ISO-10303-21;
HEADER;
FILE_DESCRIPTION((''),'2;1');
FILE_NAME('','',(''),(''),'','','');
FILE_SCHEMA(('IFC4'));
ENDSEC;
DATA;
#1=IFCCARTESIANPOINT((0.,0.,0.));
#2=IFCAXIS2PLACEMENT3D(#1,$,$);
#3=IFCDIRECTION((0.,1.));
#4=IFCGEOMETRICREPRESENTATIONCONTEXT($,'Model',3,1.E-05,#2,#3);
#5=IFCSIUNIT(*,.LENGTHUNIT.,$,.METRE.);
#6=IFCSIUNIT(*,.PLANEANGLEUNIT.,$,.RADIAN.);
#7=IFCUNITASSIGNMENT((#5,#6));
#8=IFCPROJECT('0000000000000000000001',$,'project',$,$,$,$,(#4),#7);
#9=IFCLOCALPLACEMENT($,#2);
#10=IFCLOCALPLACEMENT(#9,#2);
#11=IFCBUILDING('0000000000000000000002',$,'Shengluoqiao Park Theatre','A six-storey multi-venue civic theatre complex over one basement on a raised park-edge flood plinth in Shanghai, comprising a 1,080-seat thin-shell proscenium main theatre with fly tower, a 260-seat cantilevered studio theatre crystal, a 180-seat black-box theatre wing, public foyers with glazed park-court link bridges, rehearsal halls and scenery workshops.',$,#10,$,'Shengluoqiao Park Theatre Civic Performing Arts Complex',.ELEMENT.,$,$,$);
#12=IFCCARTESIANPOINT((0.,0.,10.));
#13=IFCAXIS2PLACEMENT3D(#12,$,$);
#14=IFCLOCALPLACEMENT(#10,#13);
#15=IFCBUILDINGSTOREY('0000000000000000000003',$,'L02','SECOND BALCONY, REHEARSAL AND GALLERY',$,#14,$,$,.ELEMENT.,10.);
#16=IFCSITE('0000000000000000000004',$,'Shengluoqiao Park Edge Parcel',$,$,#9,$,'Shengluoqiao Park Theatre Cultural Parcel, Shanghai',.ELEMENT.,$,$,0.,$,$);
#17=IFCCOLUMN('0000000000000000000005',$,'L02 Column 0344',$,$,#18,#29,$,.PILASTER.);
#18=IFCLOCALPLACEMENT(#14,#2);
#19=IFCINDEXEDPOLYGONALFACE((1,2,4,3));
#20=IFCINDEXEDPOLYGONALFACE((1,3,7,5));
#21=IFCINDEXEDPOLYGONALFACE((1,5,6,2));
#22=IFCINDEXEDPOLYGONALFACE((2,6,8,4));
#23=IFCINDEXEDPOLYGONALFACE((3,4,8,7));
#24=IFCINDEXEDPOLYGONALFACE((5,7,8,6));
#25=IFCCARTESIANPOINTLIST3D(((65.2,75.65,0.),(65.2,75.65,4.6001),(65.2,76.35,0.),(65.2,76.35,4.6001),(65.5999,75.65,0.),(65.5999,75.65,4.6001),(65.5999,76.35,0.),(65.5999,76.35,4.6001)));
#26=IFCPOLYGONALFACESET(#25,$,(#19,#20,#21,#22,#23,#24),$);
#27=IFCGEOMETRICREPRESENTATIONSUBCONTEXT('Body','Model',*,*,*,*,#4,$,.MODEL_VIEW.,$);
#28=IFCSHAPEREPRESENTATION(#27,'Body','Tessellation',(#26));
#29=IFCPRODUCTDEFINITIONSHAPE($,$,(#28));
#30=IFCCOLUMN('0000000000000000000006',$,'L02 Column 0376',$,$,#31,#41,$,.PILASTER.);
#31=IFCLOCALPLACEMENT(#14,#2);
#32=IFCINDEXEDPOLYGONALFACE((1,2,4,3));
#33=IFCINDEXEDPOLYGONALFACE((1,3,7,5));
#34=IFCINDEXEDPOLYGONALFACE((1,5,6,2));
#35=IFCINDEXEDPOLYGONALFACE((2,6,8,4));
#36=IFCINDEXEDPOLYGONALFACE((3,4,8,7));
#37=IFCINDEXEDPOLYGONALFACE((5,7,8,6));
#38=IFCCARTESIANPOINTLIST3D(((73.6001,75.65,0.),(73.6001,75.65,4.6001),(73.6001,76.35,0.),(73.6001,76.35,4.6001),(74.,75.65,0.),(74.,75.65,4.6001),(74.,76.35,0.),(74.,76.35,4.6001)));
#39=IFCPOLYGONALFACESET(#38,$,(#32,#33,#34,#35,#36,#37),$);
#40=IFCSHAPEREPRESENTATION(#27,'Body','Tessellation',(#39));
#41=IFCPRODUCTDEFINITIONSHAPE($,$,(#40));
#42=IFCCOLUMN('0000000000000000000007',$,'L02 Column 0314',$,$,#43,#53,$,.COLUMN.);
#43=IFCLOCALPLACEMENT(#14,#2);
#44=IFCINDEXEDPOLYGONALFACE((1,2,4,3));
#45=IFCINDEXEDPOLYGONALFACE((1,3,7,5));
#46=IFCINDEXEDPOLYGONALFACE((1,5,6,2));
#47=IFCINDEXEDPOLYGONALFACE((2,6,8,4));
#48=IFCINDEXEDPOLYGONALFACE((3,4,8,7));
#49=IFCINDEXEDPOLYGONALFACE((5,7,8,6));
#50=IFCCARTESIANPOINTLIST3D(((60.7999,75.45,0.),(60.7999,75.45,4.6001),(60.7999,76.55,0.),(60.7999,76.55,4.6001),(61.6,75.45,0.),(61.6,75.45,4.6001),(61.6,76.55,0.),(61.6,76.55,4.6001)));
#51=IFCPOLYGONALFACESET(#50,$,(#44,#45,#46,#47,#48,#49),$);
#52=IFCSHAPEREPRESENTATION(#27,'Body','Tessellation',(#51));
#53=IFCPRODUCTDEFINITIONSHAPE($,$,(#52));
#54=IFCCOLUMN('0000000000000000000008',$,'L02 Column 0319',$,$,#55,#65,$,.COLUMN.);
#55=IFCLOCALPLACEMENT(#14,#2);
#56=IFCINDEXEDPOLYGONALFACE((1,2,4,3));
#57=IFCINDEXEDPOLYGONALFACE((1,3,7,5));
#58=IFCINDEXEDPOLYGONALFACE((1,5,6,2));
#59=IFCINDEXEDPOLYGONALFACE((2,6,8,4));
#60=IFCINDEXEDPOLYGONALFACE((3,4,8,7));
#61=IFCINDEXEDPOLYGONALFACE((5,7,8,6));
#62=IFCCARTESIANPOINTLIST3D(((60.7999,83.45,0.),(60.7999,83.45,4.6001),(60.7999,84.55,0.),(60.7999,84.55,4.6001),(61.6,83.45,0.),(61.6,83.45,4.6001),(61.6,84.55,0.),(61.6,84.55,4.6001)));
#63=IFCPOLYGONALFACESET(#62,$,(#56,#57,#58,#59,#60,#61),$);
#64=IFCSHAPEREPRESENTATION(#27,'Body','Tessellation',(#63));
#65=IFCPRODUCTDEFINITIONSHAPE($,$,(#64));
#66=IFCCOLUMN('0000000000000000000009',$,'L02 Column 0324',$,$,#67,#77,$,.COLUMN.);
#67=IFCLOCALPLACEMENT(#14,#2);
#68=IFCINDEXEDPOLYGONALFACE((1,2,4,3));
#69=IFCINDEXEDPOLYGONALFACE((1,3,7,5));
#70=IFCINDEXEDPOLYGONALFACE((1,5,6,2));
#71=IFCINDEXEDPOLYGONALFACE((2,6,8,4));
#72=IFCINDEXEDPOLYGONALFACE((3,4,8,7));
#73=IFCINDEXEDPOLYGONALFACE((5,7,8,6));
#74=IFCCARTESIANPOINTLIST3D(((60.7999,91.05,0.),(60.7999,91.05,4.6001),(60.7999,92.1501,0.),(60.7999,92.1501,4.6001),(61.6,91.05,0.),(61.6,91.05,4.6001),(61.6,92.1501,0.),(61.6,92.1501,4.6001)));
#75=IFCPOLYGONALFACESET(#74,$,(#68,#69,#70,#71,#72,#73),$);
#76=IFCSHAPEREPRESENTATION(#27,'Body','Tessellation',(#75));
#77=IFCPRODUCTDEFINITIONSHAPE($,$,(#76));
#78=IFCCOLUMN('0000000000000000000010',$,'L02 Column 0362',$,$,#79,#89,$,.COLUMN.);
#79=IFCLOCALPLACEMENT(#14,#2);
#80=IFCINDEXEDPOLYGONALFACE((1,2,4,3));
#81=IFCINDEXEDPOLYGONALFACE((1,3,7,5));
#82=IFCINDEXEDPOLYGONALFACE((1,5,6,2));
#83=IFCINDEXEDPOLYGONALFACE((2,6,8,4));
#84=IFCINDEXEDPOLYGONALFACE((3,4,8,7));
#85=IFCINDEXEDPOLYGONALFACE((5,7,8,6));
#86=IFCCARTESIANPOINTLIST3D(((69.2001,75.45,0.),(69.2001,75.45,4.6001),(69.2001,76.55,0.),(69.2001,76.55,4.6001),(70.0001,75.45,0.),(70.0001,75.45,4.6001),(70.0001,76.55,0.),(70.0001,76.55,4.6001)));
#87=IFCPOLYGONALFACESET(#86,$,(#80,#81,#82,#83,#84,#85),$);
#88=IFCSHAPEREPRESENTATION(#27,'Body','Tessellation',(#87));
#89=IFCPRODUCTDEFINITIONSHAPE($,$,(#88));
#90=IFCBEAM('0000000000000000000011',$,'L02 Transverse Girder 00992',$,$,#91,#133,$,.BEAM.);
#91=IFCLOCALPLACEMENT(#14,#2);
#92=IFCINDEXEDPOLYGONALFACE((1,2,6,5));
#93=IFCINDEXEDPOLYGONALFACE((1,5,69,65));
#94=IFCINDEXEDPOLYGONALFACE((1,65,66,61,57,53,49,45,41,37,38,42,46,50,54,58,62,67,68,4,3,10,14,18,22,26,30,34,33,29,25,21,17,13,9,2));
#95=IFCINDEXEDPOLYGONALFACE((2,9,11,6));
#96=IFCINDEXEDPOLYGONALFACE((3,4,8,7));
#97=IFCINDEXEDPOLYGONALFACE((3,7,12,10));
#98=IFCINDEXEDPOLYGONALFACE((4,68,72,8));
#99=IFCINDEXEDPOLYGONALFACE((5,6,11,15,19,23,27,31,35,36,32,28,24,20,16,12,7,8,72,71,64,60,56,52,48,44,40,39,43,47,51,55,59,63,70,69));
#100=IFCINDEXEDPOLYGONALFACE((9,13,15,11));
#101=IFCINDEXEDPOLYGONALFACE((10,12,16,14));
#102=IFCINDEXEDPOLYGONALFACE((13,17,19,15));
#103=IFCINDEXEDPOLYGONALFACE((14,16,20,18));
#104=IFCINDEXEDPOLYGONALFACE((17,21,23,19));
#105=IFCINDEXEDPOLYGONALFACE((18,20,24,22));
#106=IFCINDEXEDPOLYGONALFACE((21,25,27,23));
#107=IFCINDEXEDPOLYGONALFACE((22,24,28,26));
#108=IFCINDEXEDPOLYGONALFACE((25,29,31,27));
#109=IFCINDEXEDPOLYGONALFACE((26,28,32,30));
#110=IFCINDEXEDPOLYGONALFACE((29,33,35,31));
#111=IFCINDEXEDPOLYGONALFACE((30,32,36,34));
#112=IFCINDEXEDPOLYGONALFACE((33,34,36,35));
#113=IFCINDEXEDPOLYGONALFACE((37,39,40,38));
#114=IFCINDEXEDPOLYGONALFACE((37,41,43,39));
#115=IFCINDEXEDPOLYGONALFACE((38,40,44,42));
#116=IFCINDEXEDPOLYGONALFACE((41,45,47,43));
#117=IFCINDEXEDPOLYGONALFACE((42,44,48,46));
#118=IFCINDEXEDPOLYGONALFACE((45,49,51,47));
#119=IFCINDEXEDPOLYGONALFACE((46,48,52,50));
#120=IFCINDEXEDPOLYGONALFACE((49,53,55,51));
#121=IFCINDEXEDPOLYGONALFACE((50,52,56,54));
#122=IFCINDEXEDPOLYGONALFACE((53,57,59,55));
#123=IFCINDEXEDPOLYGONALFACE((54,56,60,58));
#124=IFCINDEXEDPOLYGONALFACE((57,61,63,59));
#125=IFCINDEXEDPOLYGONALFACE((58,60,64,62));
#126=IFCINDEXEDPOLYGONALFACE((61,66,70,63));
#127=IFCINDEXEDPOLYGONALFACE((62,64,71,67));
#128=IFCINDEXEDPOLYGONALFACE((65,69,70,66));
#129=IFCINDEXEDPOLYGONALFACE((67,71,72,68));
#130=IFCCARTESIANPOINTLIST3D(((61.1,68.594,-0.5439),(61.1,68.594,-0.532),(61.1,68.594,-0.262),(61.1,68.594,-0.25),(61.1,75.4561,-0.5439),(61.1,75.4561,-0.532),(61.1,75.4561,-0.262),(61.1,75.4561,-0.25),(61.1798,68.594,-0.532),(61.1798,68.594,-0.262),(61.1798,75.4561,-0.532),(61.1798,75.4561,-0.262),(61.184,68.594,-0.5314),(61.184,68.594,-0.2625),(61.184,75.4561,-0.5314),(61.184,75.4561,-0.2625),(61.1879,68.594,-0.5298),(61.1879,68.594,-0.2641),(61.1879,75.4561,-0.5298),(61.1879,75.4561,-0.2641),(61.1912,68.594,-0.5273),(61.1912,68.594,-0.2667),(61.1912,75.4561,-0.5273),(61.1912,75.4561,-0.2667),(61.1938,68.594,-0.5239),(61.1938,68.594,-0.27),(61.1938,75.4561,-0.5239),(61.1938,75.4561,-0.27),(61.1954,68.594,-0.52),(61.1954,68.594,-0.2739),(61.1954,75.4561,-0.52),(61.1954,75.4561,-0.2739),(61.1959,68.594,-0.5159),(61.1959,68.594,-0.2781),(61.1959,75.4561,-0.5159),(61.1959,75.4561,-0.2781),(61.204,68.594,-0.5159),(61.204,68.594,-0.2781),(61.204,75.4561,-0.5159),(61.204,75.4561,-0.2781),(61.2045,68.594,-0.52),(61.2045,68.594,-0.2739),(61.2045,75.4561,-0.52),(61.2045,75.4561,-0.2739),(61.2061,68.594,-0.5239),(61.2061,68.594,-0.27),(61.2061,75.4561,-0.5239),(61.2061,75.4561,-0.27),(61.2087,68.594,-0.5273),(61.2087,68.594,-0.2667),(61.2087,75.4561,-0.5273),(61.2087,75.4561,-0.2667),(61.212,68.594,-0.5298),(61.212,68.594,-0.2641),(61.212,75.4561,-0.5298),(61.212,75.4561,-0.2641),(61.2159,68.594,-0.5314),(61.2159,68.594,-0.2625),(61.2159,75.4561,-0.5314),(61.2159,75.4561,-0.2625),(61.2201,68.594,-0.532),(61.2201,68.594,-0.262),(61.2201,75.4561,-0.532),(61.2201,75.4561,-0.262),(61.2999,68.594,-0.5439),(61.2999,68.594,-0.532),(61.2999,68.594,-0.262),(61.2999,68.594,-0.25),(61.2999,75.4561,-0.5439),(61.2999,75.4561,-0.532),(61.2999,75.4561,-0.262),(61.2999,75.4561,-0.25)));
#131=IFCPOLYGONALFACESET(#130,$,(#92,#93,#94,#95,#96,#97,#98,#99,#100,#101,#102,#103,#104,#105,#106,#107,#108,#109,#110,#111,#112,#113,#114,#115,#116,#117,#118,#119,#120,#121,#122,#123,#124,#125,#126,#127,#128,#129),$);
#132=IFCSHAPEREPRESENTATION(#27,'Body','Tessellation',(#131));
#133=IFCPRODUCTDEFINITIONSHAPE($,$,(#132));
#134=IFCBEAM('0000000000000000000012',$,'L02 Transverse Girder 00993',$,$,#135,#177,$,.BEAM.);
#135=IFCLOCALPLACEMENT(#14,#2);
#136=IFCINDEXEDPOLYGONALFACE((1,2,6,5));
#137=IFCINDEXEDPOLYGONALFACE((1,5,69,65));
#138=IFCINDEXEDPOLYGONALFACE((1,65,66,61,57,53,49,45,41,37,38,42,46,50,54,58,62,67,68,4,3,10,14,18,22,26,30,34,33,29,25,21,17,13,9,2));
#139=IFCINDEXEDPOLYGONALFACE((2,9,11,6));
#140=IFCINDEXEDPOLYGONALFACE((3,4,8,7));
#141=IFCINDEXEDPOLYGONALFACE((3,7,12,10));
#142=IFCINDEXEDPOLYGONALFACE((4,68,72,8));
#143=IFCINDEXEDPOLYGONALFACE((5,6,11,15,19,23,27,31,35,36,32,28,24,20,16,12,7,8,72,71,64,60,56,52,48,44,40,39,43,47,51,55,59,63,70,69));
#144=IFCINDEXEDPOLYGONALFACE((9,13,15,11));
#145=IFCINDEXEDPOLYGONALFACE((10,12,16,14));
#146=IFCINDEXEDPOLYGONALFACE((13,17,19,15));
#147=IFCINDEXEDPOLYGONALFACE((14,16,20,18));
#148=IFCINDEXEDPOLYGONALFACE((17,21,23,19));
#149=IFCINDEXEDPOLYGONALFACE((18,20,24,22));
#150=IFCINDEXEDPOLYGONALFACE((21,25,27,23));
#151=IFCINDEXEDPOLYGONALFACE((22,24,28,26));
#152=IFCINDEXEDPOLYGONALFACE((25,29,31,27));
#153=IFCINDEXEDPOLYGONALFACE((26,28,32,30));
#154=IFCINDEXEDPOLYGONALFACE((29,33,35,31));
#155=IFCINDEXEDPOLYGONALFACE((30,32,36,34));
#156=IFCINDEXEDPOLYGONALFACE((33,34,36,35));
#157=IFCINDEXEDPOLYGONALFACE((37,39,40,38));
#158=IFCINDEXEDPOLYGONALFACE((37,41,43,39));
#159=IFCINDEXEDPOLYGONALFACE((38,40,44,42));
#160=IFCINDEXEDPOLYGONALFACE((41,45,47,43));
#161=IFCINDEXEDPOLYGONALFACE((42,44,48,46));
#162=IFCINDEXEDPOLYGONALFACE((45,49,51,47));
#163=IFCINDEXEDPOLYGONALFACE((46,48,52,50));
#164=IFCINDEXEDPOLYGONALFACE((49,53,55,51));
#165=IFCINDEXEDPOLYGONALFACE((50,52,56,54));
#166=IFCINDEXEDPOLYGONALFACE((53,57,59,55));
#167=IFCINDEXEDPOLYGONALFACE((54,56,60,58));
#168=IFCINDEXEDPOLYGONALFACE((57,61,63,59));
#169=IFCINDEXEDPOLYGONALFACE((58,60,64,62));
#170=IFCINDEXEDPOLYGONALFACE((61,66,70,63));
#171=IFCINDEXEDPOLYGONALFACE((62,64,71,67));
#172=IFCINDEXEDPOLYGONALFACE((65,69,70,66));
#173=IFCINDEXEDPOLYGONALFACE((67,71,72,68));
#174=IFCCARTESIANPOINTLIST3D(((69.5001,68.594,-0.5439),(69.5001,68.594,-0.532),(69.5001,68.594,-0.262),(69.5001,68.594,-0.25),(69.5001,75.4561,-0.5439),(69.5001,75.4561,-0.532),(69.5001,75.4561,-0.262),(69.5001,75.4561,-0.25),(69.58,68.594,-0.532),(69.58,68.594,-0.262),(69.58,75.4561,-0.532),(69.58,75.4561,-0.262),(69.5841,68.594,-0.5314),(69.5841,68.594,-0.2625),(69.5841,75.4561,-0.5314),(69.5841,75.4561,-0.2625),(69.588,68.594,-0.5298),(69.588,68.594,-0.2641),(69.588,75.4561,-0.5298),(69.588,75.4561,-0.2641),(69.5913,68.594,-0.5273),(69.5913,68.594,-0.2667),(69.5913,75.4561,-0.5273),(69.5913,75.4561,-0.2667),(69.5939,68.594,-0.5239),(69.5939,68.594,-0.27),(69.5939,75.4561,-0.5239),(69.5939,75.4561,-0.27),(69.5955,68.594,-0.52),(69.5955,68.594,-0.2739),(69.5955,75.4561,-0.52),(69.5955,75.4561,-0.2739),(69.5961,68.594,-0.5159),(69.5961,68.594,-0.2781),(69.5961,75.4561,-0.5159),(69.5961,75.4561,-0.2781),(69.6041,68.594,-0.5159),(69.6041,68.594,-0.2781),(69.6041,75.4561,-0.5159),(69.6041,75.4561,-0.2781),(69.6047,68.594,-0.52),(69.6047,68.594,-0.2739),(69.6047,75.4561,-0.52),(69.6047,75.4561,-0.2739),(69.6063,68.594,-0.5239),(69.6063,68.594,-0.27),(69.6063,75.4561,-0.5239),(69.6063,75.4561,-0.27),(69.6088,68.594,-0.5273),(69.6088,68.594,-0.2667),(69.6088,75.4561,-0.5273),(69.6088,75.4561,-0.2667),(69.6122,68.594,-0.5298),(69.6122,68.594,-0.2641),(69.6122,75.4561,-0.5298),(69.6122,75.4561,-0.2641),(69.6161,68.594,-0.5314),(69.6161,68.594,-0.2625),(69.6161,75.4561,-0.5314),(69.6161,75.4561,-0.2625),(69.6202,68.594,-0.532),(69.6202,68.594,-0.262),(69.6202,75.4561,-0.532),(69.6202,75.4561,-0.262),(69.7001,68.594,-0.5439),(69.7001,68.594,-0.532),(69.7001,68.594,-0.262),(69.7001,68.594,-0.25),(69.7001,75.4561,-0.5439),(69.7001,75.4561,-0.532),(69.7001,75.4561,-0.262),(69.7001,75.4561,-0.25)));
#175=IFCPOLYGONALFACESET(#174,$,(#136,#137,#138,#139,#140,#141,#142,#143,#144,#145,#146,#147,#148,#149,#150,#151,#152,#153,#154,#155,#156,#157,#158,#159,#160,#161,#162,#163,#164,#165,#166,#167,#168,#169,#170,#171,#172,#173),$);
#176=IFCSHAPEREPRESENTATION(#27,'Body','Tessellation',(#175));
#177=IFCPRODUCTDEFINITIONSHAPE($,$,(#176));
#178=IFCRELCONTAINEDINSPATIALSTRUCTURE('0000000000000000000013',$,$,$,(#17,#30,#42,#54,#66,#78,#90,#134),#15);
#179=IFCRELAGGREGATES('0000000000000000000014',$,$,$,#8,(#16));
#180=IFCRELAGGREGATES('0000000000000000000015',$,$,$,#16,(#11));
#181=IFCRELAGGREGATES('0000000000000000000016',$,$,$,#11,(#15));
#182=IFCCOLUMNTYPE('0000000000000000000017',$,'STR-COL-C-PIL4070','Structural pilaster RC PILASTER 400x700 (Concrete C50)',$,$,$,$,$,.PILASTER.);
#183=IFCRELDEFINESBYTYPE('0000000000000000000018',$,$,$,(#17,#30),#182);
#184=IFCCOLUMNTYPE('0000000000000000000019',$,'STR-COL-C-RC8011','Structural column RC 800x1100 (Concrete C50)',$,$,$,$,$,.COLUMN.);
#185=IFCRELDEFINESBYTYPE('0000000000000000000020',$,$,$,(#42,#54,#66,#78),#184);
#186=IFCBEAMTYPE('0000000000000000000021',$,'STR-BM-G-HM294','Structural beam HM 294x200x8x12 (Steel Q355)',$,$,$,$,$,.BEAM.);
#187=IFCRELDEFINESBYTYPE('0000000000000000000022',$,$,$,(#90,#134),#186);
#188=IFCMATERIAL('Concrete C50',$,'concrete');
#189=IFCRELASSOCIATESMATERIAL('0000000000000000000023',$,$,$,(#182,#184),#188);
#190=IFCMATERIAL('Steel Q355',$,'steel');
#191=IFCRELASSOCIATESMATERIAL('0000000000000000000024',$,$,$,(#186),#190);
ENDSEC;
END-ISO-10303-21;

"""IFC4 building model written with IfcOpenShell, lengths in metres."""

from ifc_helpers import new_model, si_unit, direction, frame, origin, origin_2d, place, context, subcontext, project, spatial, rectangle, i_section, extrude, material, material_profile, profile_set, type_object, element, save


model = new_model("IFC4")

# Units and contexts
model_context = context("Model", 3, precision=1e-05, world=origin(), true_north=direction((0.0, 1.0)))
body_context = subcontext(model_context, "Body", "Model", "MODEL_VIEW")
ifc_project = project(units=[si_unit("LENGTHUNIT", "METRE"), si_unit("PLANEANGLEUNIT", "RADIAN")], contexts=[model_context])

# Site, building, storey
site_placement = place(None, origin())
site = spatial("IfcSite", under=ifc_project, at=site_placement, Name="Shengluoqiao Park Edge Parcel", LongName="Shengluoqiao Park Theatre Cultural Parcel, Shanghai", CompositionType="ELEMENT", RefElevation=0.0)
building_placement = place(site_placement, origin())
building = spatial("IfcBuilding", under=site, at=building_placement, Name="Shengluoqiao Park Theatre", Description="A six-storey multi-venue civic theatre complex over one basement on a raised park-edge flood plinth in Shanghai, comprising a 1,080-seat thin-shell proscenium main theatre with fly tower, a 260-seat cantilevered studio theatre crystal, a 180-seat black-box theatre wing, public foyers with glazed park-court link bridges, rehearsal halls and scenery workshops.", LongName="Shengluoqiao Park Theatre Civic Performing Arts Complex", CompositionType="ELEMENT")
storey_placement = place(building_placement, frame((0.0, 0.0, 10.0)))
storey = spatial("IfcBuildingStorey", under=building, at=storey_placement, Name="L02", Description="SECOND BALCONY, REHEARSAL AND GALLERY", CompositionType="ELEMENT", Elevation=10.0)

# Columns
ifc_material_1 = material(Name="Concrete C50", Category="concrete")
ifc_material_profile_1 = material_profile(ifc_material_1, rectangle(XDim=0.3999, YDim=0.7, at=origin_2d()), Name="RC PILASTER 400x700")
ifc_profile_set_1 = profile_set([ifc_material_profile_1], Name="Concrete C50")
column_type_1 = type_object("IfcColumnType", Name="STR-COL-C-PIL4070", Description="Structural pilaster RC PILASTER 400x700 (Concrete C50)", PredefinedType="PILASTER", material=ifc_profile_set_1)
for number, where, z_axis, x_axis, name in (
    (1, (65.3999, 76.0, 0.0), (0.0, 0.0, 1.0), (1.0, 0.0, 0.0), "L02 Column 0344"),
    (2, (73.8, 76.0, 0.0), (0.0, 0.0, 1.0), (1.0, 0.0, 0.0), "L02 Column 0376"),
):
    element("IfcColumn", number, at=place(storey_placement, frame(where, z_axis=z_axis, x_axis=x_axis)), inside=storey, type_object=column_type_1, Name=name, PredefinedType="PILASTER", context=body_context, shape_type="SweptSolid", body=[
        extrude(rectangle(XDim=0.3999, YDim=0.7, at=origin_2d()), origin(), (0.0, 0.0, 1.0), 4.6001),
    ])
ifc_material_profile_2 = material_profile(ifc_material_1, rectangle(XDim=0.8, YDim=1.1001, at=origin_2d()), Name="RC 800x1100")
ifc_profile_set_2 = profile_set([ifc_material_profile_2], Name="Concrete C50")
column_type_2 = type_object("IfcColumnType", Name="STR-COL-C-RC8011", Description="Structural column RC 800x1100 (Concrete C50)", PredefinedType="COLUMN", material=ifc_profile_set_2)
for number, where, z_axis, x_axis, name in (
    (3, (61.2, 76.0, 0.0), (0.0, 0.0, 1.0), (1.0, 0.0, 0.0), "L02 Column 0314"),
    (4, (61.2, 84.0, 0.0), (0.0, 0.0, 1.0), (1.0, 0.0, 0.0), "L02 Column 0319"),
    (5, (61.2, 91.6001, 0.0), (0.0, 0.0, 1.0), (1.0, 0.0, 0.0), "L02 Column 0324"),
    (6, (69.6001, 76.0, 0.0), (0.0, 0.0, 1.0), (1.0, 0.0, 0.0), "L02 Column 0362"),
):
    element("IfcColumn", number, at=place(storey_placement, frame(where, z_axis=z_axis, x_axis=x_axis)), inside=storey, type_object=column_type_2, Name=name, PredefinedType="COLUMN", context=body_context, shape_type="SweptSolid", body=[
        extrude(rectangle(XDim=0.8, YDim=1.1001, at=origin_2d()), origin(), (0.0, 0.0, 1.0), 4.6001),
    ])

# Beams
ifc_material_2 = material(Name="Steel Q355", Category="steel")
ifc_material_profile_3 = material_profile(ifc_material_2, i_section(OverallWidth=0.2, OverallDepth=0.2939, WebThickness=0.0081, FlangeThickness=0.012, FilletRadius=0.0161, at=origin_2d()), Name="HM 294x200x8x12")
ifc_profile_set_3 = profile_set([ifc_material_profile_3], Name="Steel Q355")
beam_type_1 = type_object("IfcBeamType", Name="STR-BM-G-HM294", Description="Structural beam HM 294x200x8x12 (Steel Q355)", PredefinedType="BEAM", material=ifc_profile_set_3)
for number, where, z_axis, x_axis, name in (
    (7, (61.2, 68.594, -0.397), (0.0, 1.0, 0.0), (-1.0, 0.0, 0.0), "L02 Transverse Girder 00992"),
    (8, (69.6001, 68.594, -0.397), (0.0, 1.0, 0.0), (-1.0, 0.0, 0.0), "L02 Transverse Girder 00993"),
):
    element("IfcBeam", number, at=place(storey_placement, frame(where, z_axis=z_axis, x_axis=x_axis)), inside=storey, type_object=beam_type_1, Name=name, PredefinedType="BEAM", context=body_context, shape_type="SweptSolid", body=[
        extrude(i_section(OverallWidth=0.2, OverallDepth=0.2939, WebThickness=0.0081, FlangeThickness=0.012, FilletRadius=0.0161, at=origin_2d()), origin(), (0.0, 0.0, 1.0), 6.8621),
    ])

save(model, "model.ifc")
